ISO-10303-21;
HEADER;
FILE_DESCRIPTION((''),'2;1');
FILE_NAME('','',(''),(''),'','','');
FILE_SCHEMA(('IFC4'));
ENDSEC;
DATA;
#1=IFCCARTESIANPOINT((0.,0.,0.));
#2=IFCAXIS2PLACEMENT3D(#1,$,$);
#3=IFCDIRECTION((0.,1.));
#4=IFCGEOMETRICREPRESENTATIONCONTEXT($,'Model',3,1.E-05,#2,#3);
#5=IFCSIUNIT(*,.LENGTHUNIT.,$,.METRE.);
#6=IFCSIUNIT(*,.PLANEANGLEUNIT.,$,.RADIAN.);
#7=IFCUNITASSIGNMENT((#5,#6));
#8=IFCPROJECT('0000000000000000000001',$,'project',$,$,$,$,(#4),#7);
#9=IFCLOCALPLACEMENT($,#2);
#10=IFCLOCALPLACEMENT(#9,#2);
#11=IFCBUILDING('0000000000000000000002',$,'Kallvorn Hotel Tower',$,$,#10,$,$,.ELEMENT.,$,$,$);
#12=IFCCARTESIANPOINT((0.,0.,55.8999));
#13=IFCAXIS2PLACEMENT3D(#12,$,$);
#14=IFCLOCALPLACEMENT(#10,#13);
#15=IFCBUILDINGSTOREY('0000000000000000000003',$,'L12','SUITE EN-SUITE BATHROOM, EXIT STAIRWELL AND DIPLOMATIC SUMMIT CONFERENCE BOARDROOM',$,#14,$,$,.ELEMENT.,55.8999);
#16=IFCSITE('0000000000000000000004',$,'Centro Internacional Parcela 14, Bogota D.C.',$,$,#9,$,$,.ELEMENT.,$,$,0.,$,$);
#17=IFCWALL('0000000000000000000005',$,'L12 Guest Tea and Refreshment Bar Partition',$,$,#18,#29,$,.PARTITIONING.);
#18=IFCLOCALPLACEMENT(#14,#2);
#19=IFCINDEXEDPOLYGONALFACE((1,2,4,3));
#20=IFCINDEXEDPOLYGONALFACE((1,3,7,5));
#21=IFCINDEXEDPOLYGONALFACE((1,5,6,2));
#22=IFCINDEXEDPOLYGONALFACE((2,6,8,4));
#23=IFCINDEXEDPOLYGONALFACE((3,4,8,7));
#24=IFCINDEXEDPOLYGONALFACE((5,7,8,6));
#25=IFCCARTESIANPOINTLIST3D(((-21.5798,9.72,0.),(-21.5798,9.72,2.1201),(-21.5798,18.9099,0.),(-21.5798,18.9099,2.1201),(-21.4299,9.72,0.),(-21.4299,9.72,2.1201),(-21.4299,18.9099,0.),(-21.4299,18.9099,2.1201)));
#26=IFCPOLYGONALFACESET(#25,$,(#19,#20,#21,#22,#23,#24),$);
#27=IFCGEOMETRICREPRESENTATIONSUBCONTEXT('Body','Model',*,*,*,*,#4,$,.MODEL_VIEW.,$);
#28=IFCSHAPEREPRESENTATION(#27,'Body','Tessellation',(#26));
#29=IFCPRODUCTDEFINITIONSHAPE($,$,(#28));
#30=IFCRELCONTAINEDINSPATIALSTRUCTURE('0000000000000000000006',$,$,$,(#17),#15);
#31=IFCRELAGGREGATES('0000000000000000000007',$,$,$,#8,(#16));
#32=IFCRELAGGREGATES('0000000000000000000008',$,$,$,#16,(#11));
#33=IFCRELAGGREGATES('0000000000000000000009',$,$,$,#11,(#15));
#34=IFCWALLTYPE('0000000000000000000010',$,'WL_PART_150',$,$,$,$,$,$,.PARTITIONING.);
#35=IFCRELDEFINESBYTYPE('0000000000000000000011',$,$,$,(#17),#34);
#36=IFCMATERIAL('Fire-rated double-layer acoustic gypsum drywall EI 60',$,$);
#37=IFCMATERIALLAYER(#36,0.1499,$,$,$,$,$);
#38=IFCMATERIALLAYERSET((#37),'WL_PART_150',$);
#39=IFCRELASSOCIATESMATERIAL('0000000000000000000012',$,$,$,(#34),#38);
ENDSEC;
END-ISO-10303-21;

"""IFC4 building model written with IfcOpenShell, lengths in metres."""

from ifc_helpers import new_model, si_unit, direction, frame, frame_2d, origin, place, context, subcontext, project, spatial, rectangle, extrude, material, layer, layer_set, type_object, element, save


model = new_model("IFC4")

# Units and contexts
model_context = context("Model", 3, precision=1e-05, world=origin(), true_north=direction((0.0, 1.0)))
body_context = subcontext(model_context, "Body", "Model", "MODEL_VIEW")
ifc_project = project(units=[si_unit("LENGTHUNIT", "METRE"), si_unit("PLANEANGLEUNIT", "RADIAN")], contexts=[model_context])

# Site, building, storey
site_placement = place(None, origin())
site = spatial("IfcSite", under=ifc_project, at=site_placement, Name="Centro Internacional Parcela 14, Bogota D.C.", CompositionType="ELEMENT", RefElevation=0.0)
building_placement = place(site_placement, origin())
building = spatial("IfcBuilding", under=site, at=building_placement, Name="Kallvorn Hotel Tower", CompositionType="ELEMENT")
storey_placement = place(building_placement, frame((0.0, 0.0, 55.8999)))
storey = spatial("IfcBuildingStorey", under=building, at=storey_placement, Name="L12", Description="SUITE EN-SUITE BATHROOM, EXIT STAIRWELL AND DIPLOMATIC SUMMIT CONFERENCE BOARDROOM", CompositionType="ELEMENT", Elevation=55.8999)

# Wall
ifc_material_1 = material(Name="Fire-rated double-layer acoustic gypsum drywall EI 60")
ifc_layer_1 = layer(ifc_material_1, 0.1499)
ifc_layer_set_1 = layer_set([ifc_layer_1], Name="WL_PART_150")
wall_type_1 = type_object("IfcWallType", Name="WL_PART_150", PredefinedType="PARTITIONING", material=ifc_layer_set_1)
for number, where, z_axis, x_axis, name in (
    (1, (-21.5049, 9.72, 0.0), (0.0, 0.0, 1.0), (0.0, 1.0, 0.0), "L12 Guest Tea and Refreshment Bar Partition"),
):
    element("IfcWall", number, at=place(storey_placement, frame(where, z_axis=z_axis, x_axis=x_axis)), inside=storey, type_object=wall_type_1, Name=name, PredefinedType="PARTITIONING", context=body_context, shape_type="SweptSolid", body=[
        extrude(rectangle(XDim=9.1899, YDim=0.1499, at=frame_2d((4.595, 0.0))), origin(), (0.0, 0.0, 1.0), 2.1201),
    ])

save(model, "model.ifc")
